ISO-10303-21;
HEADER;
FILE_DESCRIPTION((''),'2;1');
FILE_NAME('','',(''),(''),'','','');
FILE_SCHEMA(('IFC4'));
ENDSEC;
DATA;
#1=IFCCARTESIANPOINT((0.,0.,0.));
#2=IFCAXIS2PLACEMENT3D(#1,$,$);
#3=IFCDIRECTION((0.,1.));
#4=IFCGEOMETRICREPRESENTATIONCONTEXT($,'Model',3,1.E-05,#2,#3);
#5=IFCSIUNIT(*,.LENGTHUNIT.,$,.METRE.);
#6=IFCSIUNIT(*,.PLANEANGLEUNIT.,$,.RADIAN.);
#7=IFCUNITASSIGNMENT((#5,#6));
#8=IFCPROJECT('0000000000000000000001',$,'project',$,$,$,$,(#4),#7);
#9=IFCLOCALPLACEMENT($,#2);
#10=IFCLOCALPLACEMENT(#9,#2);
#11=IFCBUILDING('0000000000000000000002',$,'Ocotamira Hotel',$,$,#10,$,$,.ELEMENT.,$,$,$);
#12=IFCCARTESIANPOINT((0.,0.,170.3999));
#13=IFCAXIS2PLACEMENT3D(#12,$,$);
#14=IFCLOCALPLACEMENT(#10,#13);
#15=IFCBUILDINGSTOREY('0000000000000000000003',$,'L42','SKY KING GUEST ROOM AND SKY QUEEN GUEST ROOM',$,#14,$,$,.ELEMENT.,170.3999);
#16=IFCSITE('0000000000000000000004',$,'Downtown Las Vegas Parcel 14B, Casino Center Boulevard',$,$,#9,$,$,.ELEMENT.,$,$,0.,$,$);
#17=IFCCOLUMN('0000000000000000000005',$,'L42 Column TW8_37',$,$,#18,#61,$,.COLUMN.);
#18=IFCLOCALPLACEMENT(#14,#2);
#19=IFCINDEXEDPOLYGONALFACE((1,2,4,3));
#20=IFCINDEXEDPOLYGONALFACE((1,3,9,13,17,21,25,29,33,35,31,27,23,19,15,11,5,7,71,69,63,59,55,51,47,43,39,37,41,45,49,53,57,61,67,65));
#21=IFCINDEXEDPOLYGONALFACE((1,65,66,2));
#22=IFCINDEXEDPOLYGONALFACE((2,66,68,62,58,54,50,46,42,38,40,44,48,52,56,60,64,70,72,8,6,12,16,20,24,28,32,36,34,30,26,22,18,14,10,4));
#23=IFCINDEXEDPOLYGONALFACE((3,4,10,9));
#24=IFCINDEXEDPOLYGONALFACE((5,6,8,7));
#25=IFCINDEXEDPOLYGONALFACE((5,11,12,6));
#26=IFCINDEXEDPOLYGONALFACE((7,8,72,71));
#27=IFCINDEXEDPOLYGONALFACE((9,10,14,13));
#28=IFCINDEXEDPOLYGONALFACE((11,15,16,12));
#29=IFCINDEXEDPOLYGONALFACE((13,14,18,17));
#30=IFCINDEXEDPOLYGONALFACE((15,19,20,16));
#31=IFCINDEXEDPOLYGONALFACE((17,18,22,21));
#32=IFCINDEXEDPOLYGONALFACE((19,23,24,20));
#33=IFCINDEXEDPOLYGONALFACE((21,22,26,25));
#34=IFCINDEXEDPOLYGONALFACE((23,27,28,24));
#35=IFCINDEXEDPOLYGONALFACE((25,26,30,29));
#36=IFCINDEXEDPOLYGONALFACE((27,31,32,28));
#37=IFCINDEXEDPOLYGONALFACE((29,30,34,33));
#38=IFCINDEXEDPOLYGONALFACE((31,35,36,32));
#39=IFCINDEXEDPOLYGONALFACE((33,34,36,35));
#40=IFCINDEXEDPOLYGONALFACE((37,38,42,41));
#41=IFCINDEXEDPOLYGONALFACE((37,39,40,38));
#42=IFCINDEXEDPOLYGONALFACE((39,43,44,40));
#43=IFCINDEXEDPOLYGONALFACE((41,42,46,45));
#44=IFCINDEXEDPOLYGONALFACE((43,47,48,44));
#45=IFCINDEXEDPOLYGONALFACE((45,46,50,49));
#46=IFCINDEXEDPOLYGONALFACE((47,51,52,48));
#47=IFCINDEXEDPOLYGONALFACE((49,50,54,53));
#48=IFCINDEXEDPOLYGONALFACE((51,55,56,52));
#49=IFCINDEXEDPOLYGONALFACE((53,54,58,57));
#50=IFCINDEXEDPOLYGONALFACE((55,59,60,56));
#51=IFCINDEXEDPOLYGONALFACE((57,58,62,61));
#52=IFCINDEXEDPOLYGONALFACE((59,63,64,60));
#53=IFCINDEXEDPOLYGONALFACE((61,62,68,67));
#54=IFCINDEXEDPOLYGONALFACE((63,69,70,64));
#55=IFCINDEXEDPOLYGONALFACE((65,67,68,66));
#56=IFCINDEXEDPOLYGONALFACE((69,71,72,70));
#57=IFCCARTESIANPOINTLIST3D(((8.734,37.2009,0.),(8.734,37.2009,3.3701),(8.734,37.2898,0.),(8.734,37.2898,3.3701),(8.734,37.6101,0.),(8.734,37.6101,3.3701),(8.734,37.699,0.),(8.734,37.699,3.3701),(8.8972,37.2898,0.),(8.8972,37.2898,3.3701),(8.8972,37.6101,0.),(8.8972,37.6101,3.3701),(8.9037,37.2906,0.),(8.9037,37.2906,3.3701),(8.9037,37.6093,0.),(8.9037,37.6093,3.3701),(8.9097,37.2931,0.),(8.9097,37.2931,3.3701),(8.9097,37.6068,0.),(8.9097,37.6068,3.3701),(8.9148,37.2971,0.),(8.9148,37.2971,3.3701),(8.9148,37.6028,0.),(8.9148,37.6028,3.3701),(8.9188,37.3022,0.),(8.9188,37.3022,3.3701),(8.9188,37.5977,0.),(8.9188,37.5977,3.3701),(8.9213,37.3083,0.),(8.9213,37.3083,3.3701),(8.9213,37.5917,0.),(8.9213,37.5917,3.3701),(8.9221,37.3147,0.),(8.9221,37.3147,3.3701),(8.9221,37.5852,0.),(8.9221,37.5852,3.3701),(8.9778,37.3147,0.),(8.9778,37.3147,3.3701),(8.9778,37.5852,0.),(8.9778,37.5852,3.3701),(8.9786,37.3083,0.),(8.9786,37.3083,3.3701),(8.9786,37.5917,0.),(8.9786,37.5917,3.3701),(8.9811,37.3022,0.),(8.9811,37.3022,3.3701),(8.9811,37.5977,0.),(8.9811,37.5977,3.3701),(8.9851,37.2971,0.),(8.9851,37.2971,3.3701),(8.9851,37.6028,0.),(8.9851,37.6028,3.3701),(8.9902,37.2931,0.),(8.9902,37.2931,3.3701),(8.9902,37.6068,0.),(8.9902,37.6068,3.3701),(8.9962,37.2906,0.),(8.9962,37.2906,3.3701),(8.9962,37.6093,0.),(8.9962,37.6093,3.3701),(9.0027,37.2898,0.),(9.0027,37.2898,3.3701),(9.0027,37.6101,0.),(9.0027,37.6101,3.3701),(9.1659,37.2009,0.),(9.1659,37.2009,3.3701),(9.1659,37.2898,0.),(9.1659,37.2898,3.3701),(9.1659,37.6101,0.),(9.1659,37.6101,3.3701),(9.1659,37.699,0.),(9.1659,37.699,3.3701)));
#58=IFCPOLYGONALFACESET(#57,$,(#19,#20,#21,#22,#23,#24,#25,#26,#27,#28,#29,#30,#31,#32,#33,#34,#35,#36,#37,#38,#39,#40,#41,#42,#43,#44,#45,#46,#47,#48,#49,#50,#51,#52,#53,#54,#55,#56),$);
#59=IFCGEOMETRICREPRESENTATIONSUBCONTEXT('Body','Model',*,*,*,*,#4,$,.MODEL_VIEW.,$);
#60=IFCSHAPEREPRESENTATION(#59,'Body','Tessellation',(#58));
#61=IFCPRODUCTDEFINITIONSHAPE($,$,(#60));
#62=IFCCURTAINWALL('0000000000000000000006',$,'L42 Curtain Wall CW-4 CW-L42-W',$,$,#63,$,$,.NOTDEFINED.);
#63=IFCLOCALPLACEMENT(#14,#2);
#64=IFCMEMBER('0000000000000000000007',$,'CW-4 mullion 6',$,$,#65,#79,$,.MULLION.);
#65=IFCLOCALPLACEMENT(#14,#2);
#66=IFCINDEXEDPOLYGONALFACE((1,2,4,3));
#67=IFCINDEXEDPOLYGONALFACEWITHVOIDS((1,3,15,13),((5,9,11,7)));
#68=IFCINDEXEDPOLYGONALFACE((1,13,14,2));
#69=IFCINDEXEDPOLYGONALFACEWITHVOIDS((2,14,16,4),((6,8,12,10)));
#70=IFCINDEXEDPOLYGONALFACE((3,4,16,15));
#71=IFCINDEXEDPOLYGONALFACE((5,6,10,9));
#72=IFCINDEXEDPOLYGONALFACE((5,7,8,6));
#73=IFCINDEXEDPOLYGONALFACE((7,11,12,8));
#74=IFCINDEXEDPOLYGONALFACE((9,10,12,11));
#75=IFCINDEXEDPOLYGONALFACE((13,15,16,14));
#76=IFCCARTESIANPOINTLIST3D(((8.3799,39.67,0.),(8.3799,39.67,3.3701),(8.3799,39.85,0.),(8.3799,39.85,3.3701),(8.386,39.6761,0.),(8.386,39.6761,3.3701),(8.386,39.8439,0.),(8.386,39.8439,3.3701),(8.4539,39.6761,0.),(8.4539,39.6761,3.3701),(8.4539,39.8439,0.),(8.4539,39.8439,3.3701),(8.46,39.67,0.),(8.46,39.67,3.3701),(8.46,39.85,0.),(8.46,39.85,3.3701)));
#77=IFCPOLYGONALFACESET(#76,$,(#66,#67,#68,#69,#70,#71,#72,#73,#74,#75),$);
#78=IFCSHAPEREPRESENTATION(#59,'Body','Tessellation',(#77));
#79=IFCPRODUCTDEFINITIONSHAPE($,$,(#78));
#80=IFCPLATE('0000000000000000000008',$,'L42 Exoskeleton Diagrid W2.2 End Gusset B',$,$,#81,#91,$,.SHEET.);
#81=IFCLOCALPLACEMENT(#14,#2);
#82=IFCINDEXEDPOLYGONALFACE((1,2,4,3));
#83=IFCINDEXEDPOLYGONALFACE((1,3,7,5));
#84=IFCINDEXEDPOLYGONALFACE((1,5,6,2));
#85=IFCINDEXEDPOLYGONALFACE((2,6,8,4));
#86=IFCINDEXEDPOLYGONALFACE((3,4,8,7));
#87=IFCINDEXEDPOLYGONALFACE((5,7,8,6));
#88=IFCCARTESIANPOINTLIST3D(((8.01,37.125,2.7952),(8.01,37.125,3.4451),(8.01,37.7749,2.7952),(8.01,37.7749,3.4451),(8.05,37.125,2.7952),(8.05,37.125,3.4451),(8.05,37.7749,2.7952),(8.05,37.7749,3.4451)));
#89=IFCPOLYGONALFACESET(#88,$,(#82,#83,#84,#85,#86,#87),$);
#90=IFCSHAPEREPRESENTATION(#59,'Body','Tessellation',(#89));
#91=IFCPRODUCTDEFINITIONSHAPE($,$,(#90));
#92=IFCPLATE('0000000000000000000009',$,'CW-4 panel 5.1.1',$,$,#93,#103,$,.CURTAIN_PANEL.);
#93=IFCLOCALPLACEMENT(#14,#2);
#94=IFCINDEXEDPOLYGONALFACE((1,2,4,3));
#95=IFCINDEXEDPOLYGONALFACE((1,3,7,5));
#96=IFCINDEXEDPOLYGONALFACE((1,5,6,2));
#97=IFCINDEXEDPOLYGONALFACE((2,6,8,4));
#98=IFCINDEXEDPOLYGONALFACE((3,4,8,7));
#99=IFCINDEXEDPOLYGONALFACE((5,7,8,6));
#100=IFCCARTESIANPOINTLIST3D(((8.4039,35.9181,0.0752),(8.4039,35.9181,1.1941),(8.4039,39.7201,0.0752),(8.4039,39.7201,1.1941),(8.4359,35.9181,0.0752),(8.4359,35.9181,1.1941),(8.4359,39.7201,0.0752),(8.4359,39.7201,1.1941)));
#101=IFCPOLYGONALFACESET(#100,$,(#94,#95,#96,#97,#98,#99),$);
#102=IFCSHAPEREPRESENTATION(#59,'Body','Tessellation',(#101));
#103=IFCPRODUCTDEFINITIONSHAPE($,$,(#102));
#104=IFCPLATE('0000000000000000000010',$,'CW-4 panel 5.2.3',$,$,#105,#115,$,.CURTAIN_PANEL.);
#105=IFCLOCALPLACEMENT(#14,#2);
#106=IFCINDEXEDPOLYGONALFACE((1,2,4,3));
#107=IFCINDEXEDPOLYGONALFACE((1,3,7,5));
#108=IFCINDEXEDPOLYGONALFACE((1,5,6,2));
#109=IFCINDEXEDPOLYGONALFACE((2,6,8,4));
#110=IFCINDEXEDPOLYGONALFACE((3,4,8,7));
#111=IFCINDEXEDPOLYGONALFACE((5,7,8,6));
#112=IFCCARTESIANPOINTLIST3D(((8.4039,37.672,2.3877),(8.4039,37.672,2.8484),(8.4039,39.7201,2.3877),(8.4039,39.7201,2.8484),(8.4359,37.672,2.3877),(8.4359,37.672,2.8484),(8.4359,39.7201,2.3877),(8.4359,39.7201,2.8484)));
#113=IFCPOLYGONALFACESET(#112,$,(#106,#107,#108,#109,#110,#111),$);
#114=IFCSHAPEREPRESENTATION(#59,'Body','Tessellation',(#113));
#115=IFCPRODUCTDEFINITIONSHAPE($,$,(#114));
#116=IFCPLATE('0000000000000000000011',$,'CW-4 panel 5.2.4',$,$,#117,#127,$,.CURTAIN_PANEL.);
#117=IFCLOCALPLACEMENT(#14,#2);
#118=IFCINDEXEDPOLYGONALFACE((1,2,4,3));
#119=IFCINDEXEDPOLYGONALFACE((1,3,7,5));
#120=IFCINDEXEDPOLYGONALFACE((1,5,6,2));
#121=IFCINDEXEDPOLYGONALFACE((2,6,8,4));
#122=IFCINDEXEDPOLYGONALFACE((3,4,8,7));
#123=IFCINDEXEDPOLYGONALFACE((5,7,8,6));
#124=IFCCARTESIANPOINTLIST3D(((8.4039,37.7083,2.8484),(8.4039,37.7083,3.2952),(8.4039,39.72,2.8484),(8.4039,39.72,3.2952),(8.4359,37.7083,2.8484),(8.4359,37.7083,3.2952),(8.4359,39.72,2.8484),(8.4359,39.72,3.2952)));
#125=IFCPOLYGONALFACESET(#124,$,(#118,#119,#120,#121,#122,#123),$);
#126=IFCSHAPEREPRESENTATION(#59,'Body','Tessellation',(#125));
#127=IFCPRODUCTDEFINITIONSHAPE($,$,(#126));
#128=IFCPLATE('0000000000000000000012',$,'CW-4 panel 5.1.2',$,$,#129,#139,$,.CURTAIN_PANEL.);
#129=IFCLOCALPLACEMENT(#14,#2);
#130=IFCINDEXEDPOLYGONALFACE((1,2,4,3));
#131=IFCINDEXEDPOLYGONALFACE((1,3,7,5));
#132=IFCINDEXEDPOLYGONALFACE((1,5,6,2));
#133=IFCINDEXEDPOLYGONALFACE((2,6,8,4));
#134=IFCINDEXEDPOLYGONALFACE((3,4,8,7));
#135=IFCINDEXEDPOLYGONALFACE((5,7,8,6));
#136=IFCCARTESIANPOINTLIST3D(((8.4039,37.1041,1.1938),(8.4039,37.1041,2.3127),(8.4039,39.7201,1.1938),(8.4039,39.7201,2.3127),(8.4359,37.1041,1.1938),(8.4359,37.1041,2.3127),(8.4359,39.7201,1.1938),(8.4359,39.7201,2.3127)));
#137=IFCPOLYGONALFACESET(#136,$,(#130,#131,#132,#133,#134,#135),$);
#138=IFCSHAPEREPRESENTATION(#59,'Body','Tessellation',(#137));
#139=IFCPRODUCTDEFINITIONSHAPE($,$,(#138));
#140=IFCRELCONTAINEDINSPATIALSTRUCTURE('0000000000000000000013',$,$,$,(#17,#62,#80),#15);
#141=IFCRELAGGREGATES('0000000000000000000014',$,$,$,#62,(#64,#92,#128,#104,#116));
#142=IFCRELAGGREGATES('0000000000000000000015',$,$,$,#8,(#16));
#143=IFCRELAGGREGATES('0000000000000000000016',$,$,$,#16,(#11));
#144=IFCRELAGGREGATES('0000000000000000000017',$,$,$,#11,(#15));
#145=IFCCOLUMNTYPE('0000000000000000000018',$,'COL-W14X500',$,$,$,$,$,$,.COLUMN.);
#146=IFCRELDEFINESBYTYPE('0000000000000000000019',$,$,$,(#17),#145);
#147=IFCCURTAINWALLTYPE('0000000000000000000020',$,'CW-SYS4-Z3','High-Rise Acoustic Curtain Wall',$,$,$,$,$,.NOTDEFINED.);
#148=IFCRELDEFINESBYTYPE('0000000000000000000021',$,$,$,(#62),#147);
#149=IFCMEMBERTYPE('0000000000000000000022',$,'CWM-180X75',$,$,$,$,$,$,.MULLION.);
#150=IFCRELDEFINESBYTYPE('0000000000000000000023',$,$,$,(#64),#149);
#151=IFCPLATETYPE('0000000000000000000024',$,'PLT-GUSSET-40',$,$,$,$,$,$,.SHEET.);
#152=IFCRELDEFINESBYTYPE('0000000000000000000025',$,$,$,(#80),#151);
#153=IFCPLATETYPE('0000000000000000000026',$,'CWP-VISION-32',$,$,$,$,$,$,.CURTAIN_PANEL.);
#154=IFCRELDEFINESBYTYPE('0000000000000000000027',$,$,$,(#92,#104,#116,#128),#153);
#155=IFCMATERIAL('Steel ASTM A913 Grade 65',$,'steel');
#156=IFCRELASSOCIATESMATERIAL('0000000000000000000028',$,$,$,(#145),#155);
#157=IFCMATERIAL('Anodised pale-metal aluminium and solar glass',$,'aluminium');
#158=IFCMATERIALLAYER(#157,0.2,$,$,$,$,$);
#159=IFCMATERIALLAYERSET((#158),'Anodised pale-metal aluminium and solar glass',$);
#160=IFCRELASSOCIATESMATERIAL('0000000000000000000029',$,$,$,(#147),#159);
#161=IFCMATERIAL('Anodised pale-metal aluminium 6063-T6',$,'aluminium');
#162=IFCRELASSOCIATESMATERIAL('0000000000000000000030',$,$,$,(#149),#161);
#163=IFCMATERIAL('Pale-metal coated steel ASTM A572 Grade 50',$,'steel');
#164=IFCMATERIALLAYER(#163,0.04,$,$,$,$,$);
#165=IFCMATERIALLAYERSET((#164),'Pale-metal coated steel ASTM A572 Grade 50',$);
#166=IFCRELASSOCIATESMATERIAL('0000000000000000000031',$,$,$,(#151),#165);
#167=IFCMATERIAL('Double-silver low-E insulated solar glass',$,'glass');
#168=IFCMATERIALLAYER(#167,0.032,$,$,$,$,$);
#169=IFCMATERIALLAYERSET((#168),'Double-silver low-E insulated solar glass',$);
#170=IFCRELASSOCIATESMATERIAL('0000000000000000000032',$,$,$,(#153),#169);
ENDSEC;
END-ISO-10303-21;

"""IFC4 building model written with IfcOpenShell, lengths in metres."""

from ifc_helpers import new_model, si_unit, direction, frame, origin, origin_2d, place, context, subcontext, project, spatial, rectangle, hollow_rectangle, i_section, extrude, source, transform, mapped, material, layer, layer_set, material_profile, profile_set, type_object, element, aggregate, save


model = new_model("IFC4")

# Units and contexts
model_context = context("Model", 3, precision=1e-05, world=origin(), true_north=direction((0.0, 1.0)))
body_context = subcontext(model_context, "Body", "Model", "MODEL_VIEW")
ifc_project = project(units=[si_unit("LENGTHUNIT", "METRE"), si_unit("PLANEANGLEUNIT", "RADIAN")], contexts=[model_context])

# Site, building, storey
site_placement = place(None, origin())
site = spatial("IfcSite", under=ifc_project, at=site_placement, Name="Downtown Las Vegas Parcel 14B, Casino Center Boulevard", CompositionType="ELEMENT", RefElevation=0.0)
building_placement = place(site_placement, origin())
building = spatial("IfcBuilding", under=site, at=building_placement, Name="Ocotamira Hotel", CompositionType="ELEMENT")
storey_placement = place(building_placement, frame((0.0, 0.0, 170.3999)))
storey = spatial("IfcBuildingStorey", under=building, at=storey_placement, Name="L42", Description="SKY KING GUEST ROOM AND SKY QUEEN GUEST ROOM", CompositionType="ELEMENT", Elevation=170.3999)

# Column
ifc_material_1 = material(Name="Steel ASTM A913 Grade 65", Category="steel")
ifc_material_profile_1 = material_profile(ifc_material_1, i_section(OverallWidth=0.4319, OverallDepth=0.498, WebThickness=0.0557, FlangeThickness=0.0889, FilletRadius=0.0249, at=origin_2d()), Name="W14X500")
ifc_profile_set_1 = profile_set([ifc_material_profile_1], Name="Steel ASTM A913 Grade 65")
column_type = type_object("IfcColumnType", Name="COL-W14X500", PredefinedType="COLUMN", material=ifc_profile_set_1)
shared_shape_1 = source(origin(), body_context, "Body", "SweptSolid", [
    extrude(i_section(OverallWidth=0.4319, OverallDepth=0.498, WebThickness=0.0557, FlangeThickness=0.0889, FilletRadius=0.0249, at=origin_2d()), origin(), (0.0, 0.0, 1.0), 3.3701),
])
column_placement = place(storey_placement, frame((8.95, 37.45, 0.0), z_axis=(0.0, 0.0, 1.0), x_axis=(1.0, 0.0, 0.0)))
element("IfcColumn", 1, at=column_placement, inside=storey, type_object=column_type, Name="L42 Column TW8_37", PredefinedType="COLUMN", context=body_context, shape_type="MappedRepresentation", body=[
    mapped(shared_shape_1, transform((0.0, 0.0, 0.0), scale=1.0)),
])

# Curtain wall, member
ifc_material_2 = material(Name="Anodised pale-metal aluminium and solar glass", Category="aluminium")
ifc_layer_1 = layer(ifc_material_2, 0.2)
ifc_layer_set_1 = layer_set([ifc_layer_1], Name="Anodised pale-metal aluminium and solar glass")
curtain_wall_type = type_object("IfcCurtainWallType", Name="CW-SYS4-Z3", Description="High-Rise Acoustic Curtain Wall", PredefinedType="NOTDEFINED", material=ifc_layer_set_1)
curtain_wall_placement = place(storey_placement, origin())
curtain_wall = element("IfcCurtainWall", 2, at=curtain_wall_placement, inside=storey, type_object=curtain_wall_type, Name="L42 Curtain Wall CW-4 CW-L42-W", PredefinedType="NOTDEFINED")
ifc_material_3 = material(Name="Anodised pale-metal aluminium 6063-T6", Category="aluminium")
ifc_material_profile_2 = material_profile(ifc_material_3, hollow_rectangle(XDim=0.0801, YDim=0.1799, WallThickness=0.0061, at=origin_2d()), Name="HSS180X80X6")
ifc_profile_set_2 = profile_set([ifc_material_profile_2], Name="Anodised pale-metal aluminium 6063-T6")
member_type = type_object("IfcMemberType", Name="CWM-180X75", PredefinedType="MULLION", material=ifc_profile_set_2)
shared_shape_2 = source(origin(), body_context, "Body", "SweptSolid", [
    extrude(hollow_rectangle(XDim=0.0801, YDim=0.1799, WallThickness=0.0061, at=origin_2d()), origin(), (0.0, 0.0, 1.0), 3.3701),
])
member_placement = place(storey_placement, frame((8.4199, 39.76, 0.0), z_axis=(0.0, 0.0, 1.0), x_axis=(-1.0, 0.0, 0.0)))
member = element("IfcMember", 3, at=member_placement, type_object=member_type, Name="CW-4 mullion 6", PredefinedType="MULLION", context=body_context, shape_type="MappedRepresentation", body=[
    mapped(shared_shape_2, transform((0.0, 0.0, 0.0), scale=1.0)),
])

# Plates
ifc_material_4 = material(Name="Pale-metal coated steel ASTM A572 Grade 50", Category="steel")
ifc_layer_2 = layer(ifc_material_4, 0.04)
ifc_layer_set_2 = layer_set([ifc_layer_2], Name="Pale-metal coated steel ASTM A572 Grade 50")
plate_type_1 = type_object("IfcPlateType", Name="PLT-GUSSET-40", PredefinedType="SHEET", material=ifc_layer_set_2)
shared_shape_3 = source(origin(), body_context, "Body", "SweptSolid", [
    extrude(rectangle(XDim=0.04, YDim=0.6499, at=origin_2d()), origin(), (0.0, 0.0, 1.0), 0.6499),
])
plate_1_placement = place(storey_placement, frame((8.03, 37.45, 2.7952), z_axis=(0.0, 0.0, 1.0), x_axis=(1.0, 0.0, 0.0)))
element("IfcPlate", 4, at=plate_1_placement, inside=storey, type_object=plate_type_1, Name="L42 Exoskeleton Diagrid W2.2 End Gusset B", PredefinedType="SHEET", context=body_context, shape_type="MappedRepresentation", body=[
    mapped(shared_shape_3, transform((0.0, 0.0, 0.0), scale=1.0)),
])
ifc_material_5 = material(Name="Double-silver low-E insulated solar glass", Category="glass")
ifc_layer_3 = layer(ifc_material_5, 0.032)
ifc_layer_set_3 = layer_set([ifc_layer_3], Name="Double-silver low-E insulated solar glass")
plate_type_2 = type_object("IfcPlateType", Name="CWP-VISION-32", PredefinedType="CURTAIN_PANEL", material=ifc_layer_set_3)
shared_shape_4 = source(origin(), body_context, "Body", "SweptSolid", [
    extrude(rectangle(XDim=3.802, YDim=0.032, at=origin_2d()), origin(), (0.0, 0.0, 1.0), 1.1189),
])
plate_2_placement = place(storey_placement, frame((8.4199, 37.8191, 0.0752), z_axis=(0.0, 0.0, 1.0), x_axis=(0.0, 1.0, 0.0)))
plate_2 = element("IfcPlate", 5, at=plate_2_placement, type_object=plate_type_2, Name="CW-4 panel 5.1.1", PredefinedType="CURTAIN_PANEL", context=body_context, shape_type="MappedRepresentation", body=[
    mapped(shared_shape_4, transform((0.0, 0.0, 0.0), scale=1.0)),
])
shared_shape_5 = source(origin(), body_context, "Body", "SweptSolid", [
    extrude(rectangle(XDim=2.0481, YDim=0.032, at=origin_2d()), origin(), (0.0, 0.0, 1.0), 0.4607),
])
plate_3_placement = place(storey_placement, frame((8.4199, 38.696, 2.3877), z_axis=(0.0, 0.0, 1.0), x_axis=(0.0, 1.0, 0.0)))
plate_3 = element("IfcPlate", 6, at=plate_3_placement, type_object=plate_type_2, Name="CW-4 panel 5.2.3", PredefinedType="CURTAIN_PANEL", context=body_context, shape_type="MappedRepresentation", body=[
    mapped(shared_shape_5, transform((0.0, 0.0, 0.0), scale=1.0)),
])
shared_shape_6 = source(origin(), body_context, "Body", "SweptSolid", [
    extrude(rectangle(XDim=2.0117, YDim=0.032, at=origin_2d()), origin(), (0.0, 0.0, 1.0), 0.4468),
])
plate_4_placement = place(storey_placement, frame((8.4199, 38.7141, 2.8484), z_axis=(0.0, 0.0, 1.0), x_axis=(0.0, 1.0, 0.0)))
plate_4 = element("IfcPlate", 7, at=plate_4_placement, type_object=plate_type_2, Name="CW-4 panel 5.2.4", PredefinedType="CURTAIN_PANEL", context=body_context, shape_type="MappedRepresentation", body=[
    mapped(shared_shape_6, transform((0.0, 0.0, 0.0), scale=1.0)),
])
shared_shape_7 = source(origin(), body_context, "Body", "SweptSolid", [
    extrude(rectangle(XDim=2.616, YDim=0.032, at=origin_2d()), origin(), (0.0, 0.0, 1.0), 1.1189),
])
plate_5_placement = place(storey_placement, frame((8.4199, 38.4121, 1.1938), z_axis=(0.0, 0.0, 1.0), x_axis=(0.0, 1.0, 0.0)))
plate_5 = element("IfcPlate", 8, at=plate_5_placement, type_object=plate_type_2, Name="CW-4 panel 5.1.2", PredefinedType="CURTAIN_PANEL", context=body_context, shape_type="MappedRepresentation", body=[
    mapped(shared_shape_7, transform((0.0, 0.0, 0.0), scale=1.0)),
])
aggregate(curtain_wall, [member, plate_2, plate_5, plate_3, plate_4])

save(model, "model.ifc")
